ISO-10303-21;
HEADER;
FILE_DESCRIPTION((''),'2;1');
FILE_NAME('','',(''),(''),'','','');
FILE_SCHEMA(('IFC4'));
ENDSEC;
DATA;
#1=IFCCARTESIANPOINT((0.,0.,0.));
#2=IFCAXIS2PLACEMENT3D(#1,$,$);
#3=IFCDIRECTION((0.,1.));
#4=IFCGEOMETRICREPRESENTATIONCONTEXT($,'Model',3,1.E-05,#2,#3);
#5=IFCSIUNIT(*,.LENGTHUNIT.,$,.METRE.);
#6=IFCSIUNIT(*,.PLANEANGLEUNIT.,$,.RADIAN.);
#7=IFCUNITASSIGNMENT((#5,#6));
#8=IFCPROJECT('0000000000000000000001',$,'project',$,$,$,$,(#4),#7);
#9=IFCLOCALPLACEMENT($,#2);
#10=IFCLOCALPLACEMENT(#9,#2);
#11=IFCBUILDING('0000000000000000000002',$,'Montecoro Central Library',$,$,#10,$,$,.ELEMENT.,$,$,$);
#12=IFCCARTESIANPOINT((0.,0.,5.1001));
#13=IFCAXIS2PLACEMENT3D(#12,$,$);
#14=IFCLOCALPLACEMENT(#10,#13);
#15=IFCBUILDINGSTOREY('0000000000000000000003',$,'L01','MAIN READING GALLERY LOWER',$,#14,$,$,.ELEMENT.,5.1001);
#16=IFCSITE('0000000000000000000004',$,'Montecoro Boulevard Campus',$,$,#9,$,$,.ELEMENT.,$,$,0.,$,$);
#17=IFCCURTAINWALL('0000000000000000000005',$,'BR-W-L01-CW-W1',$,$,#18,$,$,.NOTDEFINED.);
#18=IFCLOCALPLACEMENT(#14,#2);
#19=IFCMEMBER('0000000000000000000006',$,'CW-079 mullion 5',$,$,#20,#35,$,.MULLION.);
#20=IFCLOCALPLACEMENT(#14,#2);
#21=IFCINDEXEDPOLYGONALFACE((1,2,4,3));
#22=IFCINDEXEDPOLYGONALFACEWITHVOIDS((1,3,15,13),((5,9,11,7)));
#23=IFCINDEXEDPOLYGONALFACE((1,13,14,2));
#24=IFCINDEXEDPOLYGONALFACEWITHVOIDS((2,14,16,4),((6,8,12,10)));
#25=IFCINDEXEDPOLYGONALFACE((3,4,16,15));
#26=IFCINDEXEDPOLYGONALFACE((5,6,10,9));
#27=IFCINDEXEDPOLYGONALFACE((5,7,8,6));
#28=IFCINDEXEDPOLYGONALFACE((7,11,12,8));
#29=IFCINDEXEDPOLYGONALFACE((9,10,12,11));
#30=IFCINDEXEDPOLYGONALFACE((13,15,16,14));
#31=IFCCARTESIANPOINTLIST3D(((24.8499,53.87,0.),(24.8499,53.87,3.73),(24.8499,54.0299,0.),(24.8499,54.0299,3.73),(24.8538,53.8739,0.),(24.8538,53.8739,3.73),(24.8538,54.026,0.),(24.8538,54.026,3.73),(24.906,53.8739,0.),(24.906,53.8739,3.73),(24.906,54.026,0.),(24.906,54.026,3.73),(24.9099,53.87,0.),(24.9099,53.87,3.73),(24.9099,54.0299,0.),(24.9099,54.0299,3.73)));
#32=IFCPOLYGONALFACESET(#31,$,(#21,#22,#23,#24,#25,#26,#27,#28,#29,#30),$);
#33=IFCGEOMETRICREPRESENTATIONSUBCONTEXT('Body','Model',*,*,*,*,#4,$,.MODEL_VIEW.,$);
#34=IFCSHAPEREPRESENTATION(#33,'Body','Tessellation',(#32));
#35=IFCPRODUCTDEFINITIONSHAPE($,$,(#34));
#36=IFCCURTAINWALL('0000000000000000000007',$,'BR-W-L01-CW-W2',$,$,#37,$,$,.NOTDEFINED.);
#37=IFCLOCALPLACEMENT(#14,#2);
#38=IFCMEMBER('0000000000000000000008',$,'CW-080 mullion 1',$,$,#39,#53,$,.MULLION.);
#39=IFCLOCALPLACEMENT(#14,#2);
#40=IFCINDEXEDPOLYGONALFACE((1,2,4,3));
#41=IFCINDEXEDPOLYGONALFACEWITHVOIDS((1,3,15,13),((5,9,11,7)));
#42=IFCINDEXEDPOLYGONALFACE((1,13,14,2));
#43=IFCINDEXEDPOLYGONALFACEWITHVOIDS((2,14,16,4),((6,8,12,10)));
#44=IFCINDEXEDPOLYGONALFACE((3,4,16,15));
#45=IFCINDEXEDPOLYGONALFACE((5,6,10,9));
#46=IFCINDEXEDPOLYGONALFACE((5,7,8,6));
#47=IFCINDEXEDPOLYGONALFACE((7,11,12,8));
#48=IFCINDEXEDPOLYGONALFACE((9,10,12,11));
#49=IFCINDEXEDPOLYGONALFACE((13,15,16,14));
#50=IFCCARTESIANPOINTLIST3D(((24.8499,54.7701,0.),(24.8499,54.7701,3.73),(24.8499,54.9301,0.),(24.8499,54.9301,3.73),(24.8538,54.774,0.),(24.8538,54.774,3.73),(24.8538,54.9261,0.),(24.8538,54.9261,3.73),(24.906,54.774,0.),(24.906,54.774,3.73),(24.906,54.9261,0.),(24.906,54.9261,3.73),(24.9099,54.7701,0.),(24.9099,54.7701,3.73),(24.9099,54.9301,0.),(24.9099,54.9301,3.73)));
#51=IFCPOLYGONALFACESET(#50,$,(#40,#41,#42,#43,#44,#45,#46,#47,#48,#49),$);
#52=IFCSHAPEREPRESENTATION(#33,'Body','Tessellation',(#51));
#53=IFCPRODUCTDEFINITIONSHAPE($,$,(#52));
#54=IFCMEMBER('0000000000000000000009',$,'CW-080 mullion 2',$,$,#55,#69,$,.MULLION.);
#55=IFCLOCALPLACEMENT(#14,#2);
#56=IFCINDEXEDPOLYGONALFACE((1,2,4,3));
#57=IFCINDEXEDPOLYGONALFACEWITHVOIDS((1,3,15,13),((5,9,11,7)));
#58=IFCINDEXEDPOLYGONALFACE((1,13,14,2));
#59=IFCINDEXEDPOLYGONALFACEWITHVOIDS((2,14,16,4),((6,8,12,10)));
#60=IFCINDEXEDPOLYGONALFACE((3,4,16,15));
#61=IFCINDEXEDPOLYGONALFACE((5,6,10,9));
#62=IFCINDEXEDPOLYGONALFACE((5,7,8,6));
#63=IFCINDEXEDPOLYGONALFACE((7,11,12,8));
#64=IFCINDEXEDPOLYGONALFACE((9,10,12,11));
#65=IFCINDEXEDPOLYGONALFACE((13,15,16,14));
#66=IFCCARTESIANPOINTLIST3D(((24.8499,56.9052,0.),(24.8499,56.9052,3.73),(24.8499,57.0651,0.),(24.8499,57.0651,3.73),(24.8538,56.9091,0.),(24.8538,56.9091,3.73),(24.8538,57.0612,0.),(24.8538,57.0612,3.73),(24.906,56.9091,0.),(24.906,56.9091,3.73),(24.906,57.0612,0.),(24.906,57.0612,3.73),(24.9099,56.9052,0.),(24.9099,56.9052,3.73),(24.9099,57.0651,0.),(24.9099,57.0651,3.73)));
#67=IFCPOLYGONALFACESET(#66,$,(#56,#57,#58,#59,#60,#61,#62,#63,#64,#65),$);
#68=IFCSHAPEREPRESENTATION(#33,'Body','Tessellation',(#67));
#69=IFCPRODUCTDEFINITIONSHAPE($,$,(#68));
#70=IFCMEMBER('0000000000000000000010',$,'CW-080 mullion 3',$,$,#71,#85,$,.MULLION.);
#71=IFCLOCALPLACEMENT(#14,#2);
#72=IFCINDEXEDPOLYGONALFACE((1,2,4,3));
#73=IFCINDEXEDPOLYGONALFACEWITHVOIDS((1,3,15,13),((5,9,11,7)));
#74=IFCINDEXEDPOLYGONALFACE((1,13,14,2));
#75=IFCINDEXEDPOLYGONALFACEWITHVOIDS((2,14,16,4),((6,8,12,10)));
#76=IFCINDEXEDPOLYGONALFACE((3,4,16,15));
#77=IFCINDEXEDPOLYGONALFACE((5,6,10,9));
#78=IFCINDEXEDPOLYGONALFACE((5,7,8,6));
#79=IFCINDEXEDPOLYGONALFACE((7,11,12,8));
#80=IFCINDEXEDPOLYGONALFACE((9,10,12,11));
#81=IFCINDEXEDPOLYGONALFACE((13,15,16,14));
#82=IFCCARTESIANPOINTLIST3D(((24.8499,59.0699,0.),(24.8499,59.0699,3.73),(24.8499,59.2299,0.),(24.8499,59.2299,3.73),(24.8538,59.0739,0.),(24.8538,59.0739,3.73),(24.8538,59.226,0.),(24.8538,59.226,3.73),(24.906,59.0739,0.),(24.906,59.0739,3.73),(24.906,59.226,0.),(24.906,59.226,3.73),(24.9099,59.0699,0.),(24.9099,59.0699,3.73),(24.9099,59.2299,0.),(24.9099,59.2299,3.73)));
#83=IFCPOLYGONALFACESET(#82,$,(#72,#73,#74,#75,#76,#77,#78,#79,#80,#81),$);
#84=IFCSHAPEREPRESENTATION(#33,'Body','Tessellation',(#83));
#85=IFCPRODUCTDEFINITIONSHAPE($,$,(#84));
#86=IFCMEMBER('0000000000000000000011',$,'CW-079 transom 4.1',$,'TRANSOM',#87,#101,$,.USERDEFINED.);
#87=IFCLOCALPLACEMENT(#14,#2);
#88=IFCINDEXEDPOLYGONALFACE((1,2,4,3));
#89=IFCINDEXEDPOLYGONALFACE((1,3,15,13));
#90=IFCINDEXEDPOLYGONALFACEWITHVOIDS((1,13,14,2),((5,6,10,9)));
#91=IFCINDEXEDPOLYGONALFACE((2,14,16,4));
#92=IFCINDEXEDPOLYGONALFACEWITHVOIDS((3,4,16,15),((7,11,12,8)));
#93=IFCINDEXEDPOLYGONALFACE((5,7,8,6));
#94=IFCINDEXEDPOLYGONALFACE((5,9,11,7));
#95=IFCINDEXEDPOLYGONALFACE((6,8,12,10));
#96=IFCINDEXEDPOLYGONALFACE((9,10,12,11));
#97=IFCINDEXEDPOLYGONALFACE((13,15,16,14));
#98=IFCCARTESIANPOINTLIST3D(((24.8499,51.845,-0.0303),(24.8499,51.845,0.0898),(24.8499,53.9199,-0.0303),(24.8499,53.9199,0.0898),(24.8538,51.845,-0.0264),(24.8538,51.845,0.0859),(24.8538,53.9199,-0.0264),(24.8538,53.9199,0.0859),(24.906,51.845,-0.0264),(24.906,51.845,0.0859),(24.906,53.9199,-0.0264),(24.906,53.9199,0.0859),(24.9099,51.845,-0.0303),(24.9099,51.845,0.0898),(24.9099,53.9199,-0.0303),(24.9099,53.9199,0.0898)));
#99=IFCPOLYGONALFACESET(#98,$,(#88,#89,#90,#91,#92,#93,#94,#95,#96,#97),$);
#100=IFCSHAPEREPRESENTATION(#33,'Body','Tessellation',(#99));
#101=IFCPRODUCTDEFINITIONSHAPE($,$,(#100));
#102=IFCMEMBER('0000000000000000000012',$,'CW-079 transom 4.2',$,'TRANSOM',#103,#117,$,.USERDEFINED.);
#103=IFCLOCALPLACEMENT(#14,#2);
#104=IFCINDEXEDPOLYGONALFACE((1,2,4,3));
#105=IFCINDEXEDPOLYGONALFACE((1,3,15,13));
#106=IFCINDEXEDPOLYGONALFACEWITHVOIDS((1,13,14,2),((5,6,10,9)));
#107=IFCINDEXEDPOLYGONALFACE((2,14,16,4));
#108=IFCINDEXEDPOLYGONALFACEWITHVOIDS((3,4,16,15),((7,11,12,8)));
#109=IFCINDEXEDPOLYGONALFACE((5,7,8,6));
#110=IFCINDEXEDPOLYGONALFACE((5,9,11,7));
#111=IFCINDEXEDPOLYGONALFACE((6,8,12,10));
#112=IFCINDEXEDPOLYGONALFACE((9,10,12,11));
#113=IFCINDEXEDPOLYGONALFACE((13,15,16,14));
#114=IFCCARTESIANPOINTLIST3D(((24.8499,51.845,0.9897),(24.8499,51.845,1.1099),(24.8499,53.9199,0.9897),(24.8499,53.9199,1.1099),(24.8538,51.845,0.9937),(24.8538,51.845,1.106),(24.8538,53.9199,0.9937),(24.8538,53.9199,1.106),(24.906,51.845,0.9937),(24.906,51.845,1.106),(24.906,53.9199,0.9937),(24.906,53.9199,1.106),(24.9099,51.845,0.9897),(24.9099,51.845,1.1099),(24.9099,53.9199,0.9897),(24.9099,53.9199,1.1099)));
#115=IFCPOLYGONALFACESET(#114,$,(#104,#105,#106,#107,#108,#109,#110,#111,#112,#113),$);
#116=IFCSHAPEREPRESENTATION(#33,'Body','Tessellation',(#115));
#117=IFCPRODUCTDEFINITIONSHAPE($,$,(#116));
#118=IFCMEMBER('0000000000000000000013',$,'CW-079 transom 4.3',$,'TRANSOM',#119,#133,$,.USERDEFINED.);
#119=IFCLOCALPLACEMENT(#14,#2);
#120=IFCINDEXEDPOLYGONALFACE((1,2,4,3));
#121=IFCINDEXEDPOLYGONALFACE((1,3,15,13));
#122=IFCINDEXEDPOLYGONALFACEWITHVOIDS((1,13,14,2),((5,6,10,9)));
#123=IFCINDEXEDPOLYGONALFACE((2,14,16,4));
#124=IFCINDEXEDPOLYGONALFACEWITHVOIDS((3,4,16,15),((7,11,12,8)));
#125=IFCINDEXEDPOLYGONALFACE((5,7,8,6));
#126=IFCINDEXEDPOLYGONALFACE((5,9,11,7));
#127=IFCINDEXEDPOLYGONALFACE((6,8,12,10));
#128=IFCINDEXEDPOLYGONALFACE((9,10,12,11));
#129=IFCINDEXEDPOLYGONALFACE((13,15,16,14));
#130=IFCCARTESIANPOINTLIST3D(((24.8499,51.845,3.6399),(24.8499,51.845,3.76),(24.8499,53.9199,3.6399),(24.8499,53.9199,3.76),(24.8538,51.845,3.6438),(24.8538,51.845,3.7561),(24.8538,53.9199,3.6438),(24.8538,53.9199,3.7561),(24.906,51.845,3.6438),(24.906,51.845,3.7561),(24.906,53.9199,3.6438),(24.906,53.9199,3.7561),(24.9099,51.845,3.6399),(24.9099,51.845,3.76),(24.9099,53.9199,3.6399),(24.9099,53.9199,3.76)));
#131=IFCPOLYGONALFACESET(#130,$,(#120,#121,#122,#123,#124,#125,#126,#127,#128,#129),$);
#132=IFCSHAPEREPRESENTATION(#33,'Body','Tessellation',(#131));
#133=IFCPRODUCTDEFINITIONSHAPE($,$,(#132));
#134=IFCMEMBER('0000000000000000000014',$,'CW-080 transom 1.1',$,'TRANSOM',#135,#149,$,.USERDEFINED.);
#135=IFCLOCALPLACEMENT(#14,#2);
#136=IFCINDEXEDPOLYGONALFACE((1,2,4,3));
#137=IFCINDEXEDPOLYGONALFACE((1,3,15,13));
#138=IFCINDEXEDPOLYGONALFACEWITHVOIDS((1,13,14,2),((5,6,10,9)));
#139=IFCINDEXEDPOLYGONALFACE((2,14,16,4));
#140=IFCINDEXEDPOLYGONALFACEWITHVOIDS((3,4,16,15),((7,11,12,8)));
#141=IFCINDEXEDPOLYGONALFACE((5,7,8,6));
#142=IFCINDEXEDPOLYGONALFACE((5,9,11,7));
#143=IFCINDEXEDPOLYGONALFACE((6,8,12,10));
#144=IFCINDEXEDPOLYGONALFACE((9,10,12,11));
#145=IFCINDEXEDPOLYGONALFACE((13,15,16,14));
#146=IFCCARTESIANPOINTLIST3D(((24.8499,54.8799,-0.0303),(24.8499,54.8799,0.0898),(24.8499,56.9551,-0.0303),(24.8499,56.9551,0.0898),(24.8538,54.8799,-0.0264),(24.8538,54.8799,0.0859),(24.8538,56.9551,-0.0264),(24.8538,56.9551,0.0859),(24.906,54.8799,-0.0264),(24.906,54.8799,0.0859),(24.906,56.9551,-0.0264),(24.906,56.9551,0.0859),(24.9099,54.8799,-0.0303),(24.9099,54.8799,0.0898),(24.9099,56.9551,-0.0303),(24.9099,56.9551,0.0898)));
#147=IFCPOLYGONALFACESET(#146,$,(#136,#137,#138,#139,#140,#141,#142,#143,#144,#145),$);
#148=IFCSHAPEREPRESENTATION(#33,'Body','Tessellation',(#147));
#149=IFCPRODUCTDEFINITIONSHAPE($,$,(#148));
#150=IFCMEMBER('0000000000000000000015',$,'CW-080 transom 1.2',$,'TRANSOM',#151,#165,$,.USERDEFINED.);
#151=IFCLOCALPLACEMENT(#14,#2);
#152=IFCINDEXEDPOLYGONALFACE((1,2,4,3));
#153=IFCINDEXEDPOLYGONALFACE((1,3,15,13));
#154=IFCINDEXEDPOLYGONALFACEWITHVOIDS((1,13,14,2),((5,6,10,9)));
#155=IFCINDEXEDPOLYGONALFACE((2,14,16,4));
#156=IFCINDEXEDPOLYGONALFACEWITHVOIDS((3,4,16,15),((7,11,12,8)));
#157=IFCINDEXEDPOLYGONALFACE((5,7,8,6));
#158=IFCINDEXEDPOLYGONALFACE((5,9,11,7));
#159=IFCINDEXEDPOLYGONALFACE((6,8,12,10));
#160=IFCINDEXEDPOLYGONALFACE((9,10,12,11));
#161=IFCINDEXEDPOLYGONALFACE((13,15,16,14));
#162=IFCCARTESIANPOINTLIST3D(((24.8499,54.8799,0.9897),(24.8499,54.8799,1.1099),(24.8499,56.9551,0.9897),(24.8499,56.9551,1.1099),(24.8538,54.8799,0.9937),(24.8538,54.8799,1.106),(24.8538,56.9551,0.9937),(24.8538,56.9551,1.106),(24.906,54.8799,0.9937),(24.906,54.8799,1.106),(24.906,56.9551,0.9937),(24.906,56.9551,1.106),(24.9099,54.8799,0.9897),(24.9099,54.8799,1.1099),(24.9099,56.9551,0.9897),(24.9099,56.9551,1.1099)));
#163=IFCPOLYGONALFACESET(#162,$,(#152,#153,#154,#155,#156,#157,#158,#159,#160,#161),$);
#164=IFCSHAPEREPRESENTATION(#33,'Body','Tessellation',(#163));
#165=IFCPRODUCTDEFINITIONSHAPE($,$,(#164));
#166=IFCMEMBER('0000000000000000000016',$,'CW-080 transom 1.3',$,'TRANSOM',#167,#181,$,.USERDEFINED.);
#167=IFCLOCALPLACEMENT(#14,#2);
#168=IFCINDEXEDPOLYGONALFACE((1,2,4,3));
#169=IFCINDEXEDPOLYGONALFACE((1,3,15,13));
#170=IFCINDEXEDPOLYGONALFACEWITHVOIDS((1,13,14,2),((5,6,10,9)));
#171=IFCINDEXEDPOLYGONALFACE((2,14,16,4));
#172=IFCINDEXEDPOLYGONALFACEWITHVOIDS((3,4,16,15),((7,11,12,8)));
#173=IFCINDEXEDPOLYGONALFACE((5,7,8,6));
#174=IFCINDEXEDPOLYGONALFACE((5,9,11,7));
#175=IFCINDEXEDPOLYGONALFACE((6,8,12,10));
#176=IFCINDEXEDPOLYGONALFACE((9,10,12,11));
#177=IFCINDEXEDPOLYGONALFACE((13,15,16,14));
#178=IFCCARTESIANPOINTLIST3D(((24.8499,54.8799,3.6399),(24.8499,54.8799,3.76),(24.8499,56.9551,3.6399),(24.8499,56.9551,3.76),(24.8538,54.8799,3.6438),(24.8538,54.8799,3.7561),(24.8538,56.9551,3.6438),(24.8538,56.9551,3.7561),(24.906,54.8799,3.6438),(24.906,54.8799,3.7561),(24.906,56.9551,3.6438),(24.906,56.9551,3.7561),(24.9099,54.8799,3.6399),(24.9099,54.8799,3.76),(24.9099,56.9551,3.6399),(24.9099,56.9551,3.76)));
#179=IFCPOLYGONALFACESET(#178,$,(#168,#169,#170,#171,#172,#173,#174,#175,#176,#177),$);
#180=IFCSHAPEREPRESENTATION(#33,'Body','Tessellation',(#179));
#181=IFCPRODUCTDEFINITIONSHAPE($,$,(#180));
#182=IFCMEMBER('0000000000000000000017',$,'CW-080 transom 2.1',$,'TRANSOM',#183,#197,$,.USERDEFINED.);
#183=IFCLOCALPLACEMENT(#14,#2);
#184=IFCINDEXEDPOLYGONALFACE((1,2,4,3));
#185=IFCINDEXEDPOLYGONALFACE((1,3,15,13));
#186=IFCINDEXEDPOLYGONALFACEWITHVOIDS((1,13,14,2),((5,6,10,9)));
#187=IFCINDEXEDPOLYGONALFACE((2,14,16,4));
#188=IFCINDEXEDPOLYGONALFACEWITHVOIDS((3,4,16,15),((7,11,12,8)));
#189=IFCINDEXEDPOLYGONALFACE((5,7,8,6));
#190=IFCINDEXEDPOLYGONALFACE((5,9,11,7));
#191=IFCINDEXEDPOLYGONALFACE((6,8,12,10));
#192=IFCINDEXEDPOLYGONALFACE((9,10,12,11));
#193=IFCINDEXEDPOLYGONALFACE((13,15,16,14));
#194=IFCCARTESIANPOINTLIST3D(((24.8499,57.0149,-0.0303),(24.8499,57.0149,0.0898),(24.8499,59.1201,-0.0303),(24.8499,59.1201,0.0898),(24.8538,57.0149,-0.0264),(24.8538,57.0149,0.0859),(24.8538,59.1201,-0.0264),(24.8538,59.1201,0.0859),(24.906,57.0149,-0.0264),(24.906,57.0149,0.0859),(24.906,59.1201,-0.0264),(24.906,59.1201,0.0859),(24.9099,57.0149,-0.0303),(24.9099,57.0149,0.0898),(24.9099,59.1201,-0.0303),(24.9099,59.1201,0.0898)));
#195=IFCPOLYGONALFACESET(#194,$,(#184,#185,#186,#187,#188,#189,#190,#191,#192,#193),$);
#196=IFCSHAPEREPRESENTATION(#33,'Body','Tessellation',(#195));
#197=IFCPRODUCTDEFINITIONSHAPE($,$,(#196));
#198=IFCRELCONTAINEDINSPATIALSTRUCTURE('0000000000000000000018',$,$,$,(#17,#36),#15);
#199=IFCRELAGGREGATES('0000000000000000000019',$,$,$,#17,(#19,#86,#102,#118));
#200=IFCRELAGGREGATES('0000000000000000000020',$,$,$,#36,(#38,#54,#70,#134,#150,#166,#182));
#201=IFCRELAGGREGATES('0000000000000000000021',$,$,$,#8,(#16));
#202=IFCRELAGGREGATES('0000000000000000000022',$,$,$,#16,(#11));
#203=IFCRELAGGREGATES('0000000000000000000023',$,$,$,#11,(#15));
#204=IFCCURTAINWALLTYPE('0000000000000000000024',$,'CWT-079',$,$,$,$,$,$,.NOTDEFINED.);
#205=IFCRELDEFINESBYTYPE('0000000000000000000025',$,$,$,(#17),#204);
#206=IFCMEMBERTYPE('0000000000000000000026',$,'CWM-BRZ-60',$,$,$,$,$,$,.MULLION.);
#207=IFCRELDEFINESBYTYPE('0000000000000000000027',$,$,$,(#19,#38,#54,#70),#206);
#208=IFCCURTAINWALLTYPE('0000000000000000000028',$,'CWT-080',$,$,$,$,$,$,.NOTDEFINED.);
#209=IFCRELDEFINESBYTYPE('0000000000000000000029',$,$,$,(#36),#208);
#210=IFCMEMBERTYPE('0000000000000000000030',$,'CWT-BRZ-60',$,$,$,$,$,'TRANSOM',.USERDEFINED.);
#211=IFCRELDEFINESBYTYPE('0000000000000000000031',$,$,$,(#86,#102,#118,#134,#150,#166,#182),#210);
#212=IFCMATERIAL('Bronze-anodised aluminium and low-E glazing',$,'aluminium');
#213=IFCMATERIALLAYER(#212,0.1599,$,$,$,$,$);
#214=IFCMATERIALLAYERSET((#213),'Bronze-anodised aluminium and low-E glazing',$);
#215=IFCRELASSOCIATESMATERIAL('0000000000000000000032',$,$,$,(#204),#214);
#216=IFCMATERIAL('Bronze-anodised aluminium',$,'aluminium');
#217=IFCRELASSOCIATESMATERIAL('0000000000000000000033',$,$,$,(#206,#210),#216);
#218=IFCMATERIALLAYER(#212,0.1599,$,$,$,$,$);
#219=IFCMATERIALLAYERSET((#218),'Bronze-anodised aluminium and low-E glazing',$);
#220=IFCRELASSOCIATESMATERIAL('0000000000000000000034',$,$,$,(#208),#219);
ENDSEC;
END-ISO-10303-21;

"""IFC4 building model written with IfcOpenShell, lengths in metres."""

from ifc_helpers import new_model, si_unit, direction, frame, origin, origin_2d, place, context, subcontext, project, spatial, hollow_rectangle, extrude, material, layer, layer_set, material_profile, profile_set, type_object, element, aggregate, save


model = new_model("IFC4")

# Units and contexts
model_context = context("Model", 3, precision=1e-05, world=origin(), true_north=direction((0.0, 1.0)))
body_context = subcontext(model_context, "Body", "Model", "MODEL_VIEW")
ifc_project = project(units=[si_unit("LENGTHUNIT", "METRE"), si_unit("PLANEANGLEUNIT", "RADIAN")], contexts=[model_context])

# Site, building, storey
site_placement = place(None, origin())
site = spatial("IfcSite", under=ifc_project, at=site_placement, Name="Montecoro Boulevard Campus", CompositionType="ELEMENT", RefElevation=0.0)
building_placement = place(site_placement, origin())
building = spatial("IfcBuilding", under=site, at=building_placement, Name="Montecoro Central Library", CompositionType="ELEMENT")
storey_placement = place(building_placement, frame((0.0, 0.0, 5.1001)))
storey = spatial("IfcBuildingStorey", under=building, at=storey_placement, Name="L01", Description="MAIN READING GALLERY LOWER", CompositionType="ELEMENT", Elevation=5.1001)

# Curtain wall, member
ifc_material_1 = material(Name="Bronze-anodised aluminium and low-E glazing", Category="aluminium")
ifc_layer_1 = layer(ifc_material_1, 0.1599)
ifc_layer_set_1 = layer_set([ifc_layer_1], Name="Bronze-anodised aluminium and low-E glazing")
curtain_wall_type_1 = type_object("IfcCurtainWallType", Name="CWT-079", PredefinedType="NOTDEFINED", material=ifc_layer_set_1)
curtain_wall_1_placement = place(storey_placement, origin())
curtain_wall_1 = element("IfcCurtainWall", 1, at=curtain_wall_1_placement, inside=storey, type_object=curtain_wall_type_1, Name="BR-W-L01-CW-W1", PredefinedType="NOTDEFINED")
ifc_material_2 = material(Name="Bronze-anodised aluminium", Category="aluminium")
ifc_material_profile_1 = material_profile(ifc_material_2, hollow_rectangle(XDim=0.0601, YDim=0.1599, WallThickness=0.0039, at=origin_2d()), Name="CWM 160x60x4.0")
ifc_profile_set_1 = profile_set([ifc_material_profile_1], Name="Bronze-anodised aluminium")
member_type_1 = type_object("IfcMemberType", Name="CWM-BRZ-60", PredefinedType="MULLION", material=ifc_profile_set_1)
member_1_placement = place(storey_placement, frame((24.8799, 53.95, 0.0), z_axis=(0.0, 0.0, 1.0), x_axis=(-1.0, 0.0, 0.0)))
member_1 = element("IfcMember", 2, at=member_1_placement, type_object=member_type_1, Name="CW-079 mullion 5", PredefinedType="MULLION", context=body_context, shape_type="SweptSolid", body=[
    extrude(hollow_rectangle(XDim=0.0601, YDim=0.1599, WallThickness=0.0039, at=origin_2d()), origin(), (0.0, 0.0, 1.0), 3.73),
])

# Curtain wall, members
ifc_layer_2 = layer(ifc_material_1, 0.1599)
ifc_layer_set_2 = layer_set([ifc_layer_2], Name="Bronze-anodised aluminium and low-E glazing")
curtain_wall_type_2 = type_object("IfcCurtainWallType", Name="CWT-080", PredefinedType="NOTDEFINED", material=ifc_layer_set_2)
curtain_wall_2_placement = place(storey_placement, origin())
curtain_wall_2 = element("IfcCurtainWall", 3, at=curtain_wall_2_placement, inside=storey, type_object=curtain_wall_type_2, Name="BR-W-L01-CW-W2", PredefinedType="NOTDEFINED")
member_2_placement = place(storey_placement, frame((24.8799, 54.8501, 0.0), z_axis=(0.0, 0.0, 1.0), x_axis=(-1.0, 0.0, 0.0)))
member_2 = element("IfcMember", 4, at=member_2_placement, type_object=member_type_1, Name="CW-080 mullion 1", PredefinedType="MULLION", context=body_context, shape_type="SweptSolid", body=[
    extrude(hollow_rectangle(XDim=0.0601, YDim=0.1599, WallThickness=0.0039, at=origin_2d()), origin(), (0.0, 0.0, 1.0), 3.73),
])
member_3_placement = place(storey_placement, frame((24.8799, 56.9851, 0.0), z_axis=(0.0, 0.0, 1.0), x_axis=(-1.0, 0.0, 0.0)))
member_3 = element("IfcMember", 5, at=member_3_placement, type_object=member_type_1, Name="CW-080 mullion 2", PredefinedType="MULLION", context=body_context, shape_type="SweptSolid", body=[
    extrude(hollow_rectangle(XDim=0.0601, YDim=0.1599, WallThickness=0.0039, at=origin_2d()), origin(), (0.0, 0.0, 1.0), 3.73),
])
member_4_placement = place(storey_placement, frame((24.8799, 59.1499, 0.0), z_axis=(0.0, 0.0, 1.0), x_axis=(-1.0, 0.0, 0.0)))
member_4 = element("IfcMember", 6, at=member_4_placement, type_object=member_type_1, Name="CW-080 mullion 3", PredefinedType="MULLION", context=body_context, shape_type="SweptSolid", body=[
    extrude(hollow_rectangle(XDim=0.0601, YDim=0.1599, WallThickness=0.0039, at=origin_2d()), origin(), (0.0, 0.0, 1.0), 3.73),
])

# Members
ifc_material_profile_2 = material_profile(ifc_material_2, hollow_rectangle(XDim=0.0601, YDim=0.1201, WallThickness=0.0039, at=origin_2d()), Name="CWT 120x60x4.0")
ifc_profile_set_2 = profile_set([ifc_material_profile_2], Name="Bronze-anodised aluminium")
member_type_2 = type_object("IfcMemberType", Name="CWT-BRZ-60", ElementType="TRANSOM", PredefinedType="USERDEFINED", material=ifc_profile_set_2)
member_5_placement = place(storey_placement, frame((24.8799, 51.845, 0.0298), z_axis=(0.0, 1.0, 0.0), x_axis=(-1.0, 0.0, 0.0)))
member_5 = element("IfcMember", 7, at=member_5_placement, type_object=member_type_2, Name="CW-079 transom 4.1", ObjectType="TRANSOM", PredefinedType="USERDEFINED", context=body_context, shape_type="SweptSolid", body=[
    extrude(hollow_rectangle(XDim=0.0601, YDim=0.1201, WallThickness=0.0039, at=origin_2d()), origin(), (0.0, 0.0, 1.0), 2.075),
])
member_6_placement = place(storey_placement, frame((24.8799, 51.845, 1.0498), z_axis=(0.0, 1.0, 0.0), x_axis=(-1.0, 0.0, 0.0)))
member_6 = element("IfcMember", 8, at=member_6_placement, type_object=member_type_2, Name="CW-079 transom 4.2", ObjectType="TRANSOM", PredefinedType="USERDEFINED", context=body_context, shape_type="SweptSolid", body=[
    extrude(hollow_rectangle(XDim=0.0601, YDim=0.1201, WallThickness=0.0039, at=origin_2d()), origin(), (0.0, 0.0, 1.0), 2.075),
])
member_7_placement = place(storey_placement, frame((24.8799, 51.845, 3.7), z_axis=(0.0, 1.0, 0.0), x_axis=(-1.0, 0.0, 0.0)))
member_7 = element("IfcMember", 9, at=member_7_placement, type_object=member_type_2, Name="CW-079 transom 4.3", ObjectType="TRANSOM", PredefinedType="USERDEFINED", context=body_context, shape_type="SweptSolid", body=[
    extrude(hollow_rectangle(XDim=0.0601, YDim=0.1201, WallThickness=0.0039, at=origin_2d()), origin(), (0.0, 0.0, 1.0), 2.075),
])
member_8_placement = place(storey_placement, frame((24.8799, 54.8799, 0.0298), z_axis=(0.0, 1.0, 0.0), x_axis=(-1.0, 0.0, 0.0)))
member_8 = element("IfcMember", 10, at=member_8_placement, type_object=member_type_2, Name="CW-080 transom 1.1", ObjectType="TRANSOM", PredefinedType="USERDEFINED", context=body_context, shape_type="SweptSolid", body=[
    extrude(hollow_rectangle(XDim=0.0601, YDim=0.1201, WallThickness=0.0039, at=origin_2d()), origin(), (0.0, 0.0, 1.0), 2.0752),
])
member_9_placement = place(storey_placement, frame((24.8799, 54.8799, 1.0498), z_axis=(0.0, 1.0, 0.0), x_axis=(-1.0, 0.0, 0.0)))
member_9 = element("IfcMember", 11, at=member_9_placement, type_object=member_type_2, Name="CW-080 transom 1.2", ObjectType="TRANSOM", PredefinedType="USERDEFINED", context=body_context, shape_type="SweptSolid", body=[
    extrude(hollow_rectangle(XDim=0.0601, YDim=0.1201, WallThickness=0.0039, at=origin_2d()), origin(), (0.0, 0.0, 1.0), 2.0752),
])
member_10_placement = place(storey_placement, frame((24.8799, 54.8799, 3.7), z_axis=(0.0, 1.0, 0.0), x_axis=(-1.0, 0.0, 0.0)))
member_10 = element("IfcMember", 12, at=member_10_placement, type_object=member_type_2, Name="CW-080 transom 1.3", ObjectType="TRANSOM", PredefinedType="USERDEFINED", context=body_context, shape_type="SweptSolid", body=[
    extrude(hollow_rectangle(XDim=0.0601, YDim=0.1201, WallThickness=0.0039, at=origin_2d()), origin(), (0.0, 0.0, 1.0), 2.0752),
])
member_11_placement = place(storey_placement, frame((24.8799, 57.0149, 0.0298), z_axis=(0.0, 1.0, 0.0), x_axis=(-1.0, 0.0, 0.0)))
member_11 = element("IfcMember", 13, at=member_11_placement, type_object=member_type_2, Name="CW-080 transom 2.1", ObjectType="TRANSOM", PredefinedType="USERDEFINED", context=body_context, shape_type="SweptSolid", body=[
    extrude(hollow_rectangle(XDim=0.0601, YDim=0.1201, WallThickness=0.0039, at=origin_2d()), origin(), (0.0, 0.0, 1.0), 2.1052),
])

aggregate(curtain_wall_1, [member_1, member_5, member_6, member_7])
aggregate(curtain_wall_2, [member_2, member_3, member_4, member_8, member_9, member_10, member_11])

save(model, "model.ifc")
